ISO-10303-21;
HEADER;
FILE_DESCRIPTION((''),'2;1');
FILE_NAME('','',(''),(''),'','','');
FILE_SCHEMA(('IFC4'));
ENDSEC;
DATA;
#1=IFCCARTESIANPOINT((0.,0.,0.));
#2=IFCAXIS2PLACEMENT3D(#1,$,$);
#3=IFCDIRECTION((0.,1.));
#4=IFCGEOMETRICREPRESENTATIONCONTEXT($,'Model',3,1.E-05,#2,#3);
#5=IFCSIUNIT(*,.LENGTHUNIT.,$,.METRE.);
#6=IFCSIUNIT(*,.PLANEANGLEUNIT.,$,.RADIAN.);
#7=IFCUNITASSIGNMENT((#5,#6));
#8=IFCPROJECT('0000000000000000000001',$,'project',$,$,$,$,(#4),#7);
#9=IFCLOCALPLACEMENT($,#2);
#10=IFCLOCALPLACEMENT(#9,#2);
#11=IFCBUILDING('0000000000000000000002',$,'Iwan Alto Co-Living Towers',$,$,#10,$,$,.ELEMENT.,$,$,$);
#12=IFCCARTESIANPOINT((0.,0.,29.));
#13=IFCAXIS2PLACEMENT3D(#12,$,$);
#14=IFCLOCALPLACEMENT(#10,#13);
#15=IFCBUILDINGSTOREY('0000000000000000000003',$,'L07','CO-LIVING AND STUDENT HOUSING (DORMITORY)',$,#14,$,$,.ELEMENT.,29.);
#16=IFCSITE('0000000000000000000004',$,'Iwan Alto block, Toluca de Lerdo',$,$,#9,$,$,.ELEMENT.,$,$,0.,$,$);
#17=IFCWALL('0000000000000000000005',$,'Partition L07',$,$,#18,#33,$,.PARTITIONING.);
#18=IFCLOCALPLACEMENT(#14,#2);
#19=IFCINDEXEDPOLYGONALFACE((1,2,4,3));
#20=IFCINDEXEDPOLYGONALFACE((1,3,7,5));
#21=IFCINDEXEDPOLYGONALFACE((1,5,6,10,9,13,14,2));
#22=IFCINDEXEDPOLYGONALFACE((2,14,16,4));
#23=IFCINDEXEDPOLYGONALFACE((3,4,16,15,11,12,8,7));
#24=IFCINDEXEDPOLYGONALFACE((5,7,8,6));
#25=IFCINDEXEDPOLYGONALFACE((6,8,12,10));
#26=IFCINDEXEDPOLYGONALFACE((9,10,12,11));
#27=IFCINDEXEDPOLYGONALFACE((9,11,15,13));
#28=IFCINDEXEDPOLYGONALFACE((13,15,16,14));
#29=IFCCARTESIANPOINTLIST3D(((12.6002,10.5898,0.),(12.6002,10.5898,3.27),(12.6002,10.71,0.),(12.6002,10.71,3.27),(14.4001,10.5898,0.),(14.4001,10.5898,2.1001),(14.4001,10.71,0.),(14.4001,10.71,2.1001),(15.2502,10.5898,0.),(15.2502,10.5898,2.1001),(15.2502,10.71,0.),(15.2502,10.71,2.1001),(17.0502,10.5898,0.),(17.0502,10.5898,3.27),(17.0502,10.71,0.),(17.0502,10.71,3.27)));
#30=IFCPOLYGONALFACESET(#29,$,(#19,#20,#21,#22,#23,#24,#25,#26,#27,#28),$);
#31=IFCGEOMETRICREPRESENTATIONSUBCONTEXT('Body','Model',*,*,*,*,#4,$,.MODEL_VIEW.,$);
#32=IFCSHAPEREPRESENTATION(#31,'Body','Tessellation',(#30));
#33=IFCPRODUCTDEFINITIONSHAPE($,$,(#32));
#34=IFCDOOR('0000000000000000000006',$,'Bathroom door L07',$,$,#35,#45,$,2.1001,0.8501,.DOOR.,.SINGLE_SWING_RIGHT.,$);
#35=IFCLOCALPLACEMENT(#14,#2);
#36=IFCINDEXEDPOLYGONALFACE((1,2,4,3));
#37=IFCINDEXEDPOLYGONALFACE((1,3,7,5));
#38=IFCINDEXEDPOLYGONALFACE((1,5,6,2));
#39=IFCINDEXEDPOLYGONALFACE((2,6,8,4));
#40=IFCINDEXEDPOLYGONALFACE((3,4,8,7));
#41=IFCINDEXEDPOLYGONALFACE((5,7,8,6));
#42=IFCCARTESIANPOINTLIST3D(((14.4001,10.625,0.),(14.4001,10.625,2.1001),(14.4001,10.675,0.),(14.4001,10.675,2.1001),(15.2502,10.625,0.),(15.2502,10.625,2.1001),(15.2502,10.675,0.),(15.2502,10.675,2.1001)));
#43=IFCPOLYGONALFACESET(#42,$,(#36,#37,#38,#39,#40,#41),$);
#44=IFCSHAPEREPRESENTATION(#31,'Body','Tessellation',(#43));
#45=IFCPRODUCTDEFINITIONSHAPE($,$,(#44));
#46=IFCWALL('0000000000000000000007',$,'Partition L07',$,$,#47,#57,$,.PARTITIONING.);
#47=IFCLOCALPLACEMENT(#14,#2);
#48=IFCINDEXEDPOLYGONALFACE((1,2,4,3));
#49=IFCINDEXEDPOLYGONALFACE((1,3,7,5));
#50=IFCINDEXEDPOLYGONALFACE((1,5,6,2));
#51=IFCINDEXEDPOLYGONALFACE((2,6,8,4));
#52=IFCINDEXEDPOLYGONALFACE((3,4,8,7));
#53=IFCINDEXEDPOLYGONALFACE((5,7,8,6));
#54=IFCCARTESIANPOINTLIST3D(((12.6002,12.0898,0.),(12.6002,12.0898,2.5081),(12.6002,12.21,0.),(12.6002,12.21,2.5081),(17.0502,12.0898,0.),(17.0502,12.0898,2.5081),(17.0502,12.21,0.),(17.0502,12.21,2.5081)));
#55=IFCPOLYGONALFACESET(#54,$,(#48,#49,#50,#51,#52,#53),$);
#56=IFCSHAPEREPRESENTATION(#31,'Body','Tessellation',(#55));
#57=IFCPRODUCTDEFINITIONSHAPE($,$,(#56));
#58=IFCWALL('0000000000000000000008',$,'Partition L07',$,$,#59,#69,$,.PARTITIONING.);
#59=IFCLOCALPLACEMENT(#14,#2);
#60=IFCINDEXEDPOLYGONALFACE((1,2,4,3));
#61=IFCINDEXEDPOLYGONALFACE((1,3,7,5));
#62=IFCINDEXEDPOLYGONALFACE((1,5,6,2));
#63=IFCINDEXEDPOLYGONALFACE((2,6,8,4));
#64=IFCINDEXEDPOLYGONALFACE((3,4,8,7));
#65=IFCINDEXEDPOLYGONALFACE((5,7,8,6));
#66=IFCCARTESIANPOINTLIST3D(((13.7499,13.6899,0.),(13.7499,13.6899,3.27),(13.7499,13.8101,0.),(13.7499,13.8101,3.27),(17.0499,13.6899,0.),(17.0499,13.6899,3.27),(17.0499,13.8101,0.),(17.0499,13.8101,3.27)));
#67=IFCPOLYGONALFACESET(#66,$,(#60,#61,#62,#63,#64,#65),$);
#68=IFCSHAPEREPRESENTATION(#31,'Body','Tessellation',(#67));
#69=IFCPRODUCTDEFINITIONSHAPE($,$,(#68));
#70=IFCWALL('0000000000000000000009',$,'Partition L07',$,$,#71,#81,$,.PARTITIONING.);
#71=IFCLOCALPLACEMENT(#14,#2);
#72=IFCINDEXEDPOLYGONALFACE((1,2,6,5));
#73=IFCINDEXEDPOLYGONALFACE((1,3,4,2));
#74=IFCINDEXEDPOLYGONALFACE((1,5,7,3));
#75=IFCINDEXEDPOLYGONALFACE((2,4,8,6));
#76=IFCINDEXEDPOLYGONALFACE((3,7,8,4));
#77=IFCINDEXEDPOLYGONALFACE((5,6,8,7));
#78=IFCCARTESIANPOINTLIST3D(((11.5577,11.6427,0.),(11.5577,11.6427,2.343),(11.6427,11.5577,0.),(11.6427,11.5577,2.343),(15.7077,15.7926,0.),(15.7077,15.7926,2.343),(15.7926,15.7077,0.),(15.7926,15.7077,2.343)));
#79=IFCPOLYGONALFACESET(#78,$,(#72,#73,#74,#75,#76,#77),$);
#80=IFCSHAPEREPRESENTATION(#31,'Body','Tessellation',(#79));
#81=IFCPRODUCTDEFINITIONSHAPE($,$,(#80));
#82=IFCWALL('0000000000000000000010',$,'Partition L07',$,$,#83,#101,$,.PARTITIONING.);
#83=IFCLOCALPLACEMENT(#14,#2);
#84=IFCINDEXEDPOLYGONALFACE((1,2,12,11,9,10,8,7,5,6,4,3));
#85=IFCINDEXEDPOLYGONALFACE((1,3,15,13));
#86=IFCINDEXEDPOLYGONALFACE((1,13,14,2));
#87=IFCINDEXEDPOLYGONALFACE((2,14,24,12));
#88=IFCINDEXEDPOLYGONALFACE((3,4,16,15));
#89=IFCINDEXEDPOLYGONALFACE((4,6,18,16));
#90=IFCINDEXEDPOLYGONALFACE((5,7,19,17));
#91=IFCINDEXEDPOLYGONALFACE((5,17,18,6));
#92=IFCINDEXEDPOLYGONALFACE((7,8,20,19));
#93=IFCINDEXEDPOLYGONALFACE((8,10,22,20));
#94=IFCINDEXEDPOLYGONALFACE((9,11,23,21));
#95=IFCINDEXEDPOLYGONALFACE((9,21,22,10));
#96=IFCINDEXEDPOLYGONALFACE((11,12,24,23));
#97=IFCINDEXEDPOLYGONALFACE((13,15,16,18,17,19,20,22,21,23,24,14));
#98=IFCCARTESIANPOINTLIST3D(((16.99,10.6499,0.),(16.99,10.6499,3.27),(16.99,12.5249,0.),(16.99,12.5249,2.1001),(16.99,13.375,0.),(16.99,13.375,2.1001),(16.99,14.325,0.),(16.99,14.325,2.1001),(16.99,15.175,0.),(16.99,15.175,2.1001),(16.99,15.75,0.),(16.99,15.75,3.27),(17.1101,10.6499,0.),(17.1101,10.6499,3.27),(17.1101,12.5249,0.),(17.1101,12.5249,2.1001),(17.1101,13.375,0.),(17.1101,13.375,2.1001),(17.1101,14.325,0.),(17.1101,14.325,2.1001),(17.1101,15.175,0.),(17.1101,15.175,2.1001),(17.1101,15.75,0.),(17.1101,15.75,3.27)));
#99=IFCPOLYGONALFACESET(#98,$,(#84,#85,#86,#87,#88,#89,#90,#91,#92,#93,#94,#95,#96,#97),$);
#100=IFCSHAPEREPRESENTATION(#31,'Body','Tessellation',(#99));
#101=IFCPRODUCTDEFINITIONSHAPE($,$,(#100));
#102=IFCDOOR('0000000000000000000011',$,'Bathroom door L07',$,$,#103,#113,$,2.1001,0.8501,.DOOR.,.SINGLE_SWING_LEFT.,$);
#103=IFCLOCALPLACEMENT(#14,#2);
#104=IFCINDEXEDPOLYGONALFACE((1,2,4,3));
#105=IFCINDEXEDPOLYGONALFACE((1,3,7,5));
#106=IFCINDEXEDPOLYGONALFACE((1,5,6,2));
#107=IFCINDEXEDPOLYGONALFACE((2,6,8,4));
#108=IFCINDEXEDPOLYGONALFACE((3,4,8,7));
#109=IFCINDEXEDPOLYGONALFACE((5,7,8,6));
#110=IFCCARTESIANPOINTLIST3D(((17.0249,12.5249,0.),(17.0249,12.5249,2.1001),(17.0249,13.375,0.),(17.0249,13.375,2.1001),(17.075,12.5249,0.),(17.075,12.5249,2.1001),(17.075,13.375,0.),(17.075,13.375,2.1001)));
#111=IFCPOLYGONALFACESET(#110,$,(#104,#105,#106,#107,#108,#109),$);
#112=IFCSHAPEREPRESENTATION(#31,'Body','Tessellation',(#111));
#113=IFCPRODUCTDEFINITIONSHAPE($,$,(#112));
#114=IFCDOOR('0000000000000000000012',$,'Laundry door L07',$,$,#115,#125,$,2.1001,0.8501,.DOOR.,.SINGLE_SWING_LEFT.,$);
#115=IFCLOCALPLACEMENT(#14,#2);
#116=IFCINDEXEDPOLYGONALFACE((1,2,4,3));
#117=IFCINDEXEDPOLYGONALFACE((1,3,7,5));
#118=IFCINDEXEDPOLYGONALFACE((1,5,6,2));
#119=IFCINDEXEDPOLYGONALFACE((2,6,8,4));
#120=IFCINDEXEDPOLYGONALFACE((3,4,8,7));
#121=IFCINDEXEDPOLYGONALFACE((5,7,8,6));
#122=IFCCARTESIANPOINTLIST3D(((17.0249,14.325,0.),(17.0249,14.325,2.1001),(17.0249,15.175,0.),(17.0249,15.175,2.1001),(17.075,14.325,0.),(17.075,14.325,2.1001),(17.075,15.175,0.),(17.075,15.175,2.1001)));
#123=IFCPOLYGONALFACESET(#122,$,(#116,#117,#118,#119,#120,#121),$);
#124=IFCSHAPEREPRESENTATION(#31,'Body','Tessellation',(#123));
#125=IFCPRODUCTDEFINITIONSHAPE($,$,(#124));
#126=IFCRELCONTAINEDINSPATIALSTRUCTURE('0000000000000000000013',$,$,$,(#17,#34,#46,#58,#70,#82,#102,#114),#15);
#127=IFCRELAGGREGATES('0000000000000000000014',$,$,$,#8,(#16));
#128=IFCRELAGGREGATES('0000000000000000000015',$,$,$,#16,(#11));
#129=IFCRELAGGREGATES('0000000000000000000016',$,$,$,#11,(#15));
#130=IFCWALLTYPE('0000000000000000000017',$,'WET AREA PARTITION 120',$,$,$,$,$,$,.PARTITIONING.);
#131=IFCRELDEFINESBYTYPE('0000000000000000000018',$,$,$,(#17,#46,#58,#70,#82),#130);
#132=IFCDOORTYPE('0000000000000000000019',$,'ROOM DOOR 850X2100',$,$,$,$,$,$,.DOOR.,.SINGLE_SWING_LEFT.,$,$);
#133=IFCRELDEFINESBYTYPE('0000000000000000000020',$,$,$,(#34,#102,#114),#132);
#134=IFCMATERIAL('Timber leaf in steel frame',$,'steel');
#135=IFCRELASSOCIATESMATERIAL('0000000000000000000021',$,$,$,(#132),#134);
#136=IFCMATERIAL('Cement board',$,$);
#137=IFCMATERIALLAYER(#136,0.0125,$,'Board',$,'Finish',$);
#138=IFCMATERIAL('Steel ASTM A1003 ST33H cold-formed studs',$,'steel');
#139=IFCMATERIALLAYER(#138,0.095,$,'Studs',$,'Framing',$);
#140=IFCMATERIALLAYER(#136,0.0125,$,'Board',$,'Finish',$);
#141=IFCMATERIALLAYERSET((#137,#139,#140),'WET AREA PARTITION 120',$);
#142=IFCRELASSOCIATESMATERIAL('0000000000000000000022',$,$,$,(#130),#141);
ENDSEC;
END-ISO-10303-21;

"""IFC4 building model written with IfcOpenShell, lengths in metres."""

from ifc_helpers import new_model, si_unit, direction, frame, frame_2d, origin, place, context, subcontext, project, spatial, rectangle, extrude, material, layer, layer_set, type_object, element, fill, save


model = new_model("IFC4")

# Units and contexts
model_context = context("Model", 3, precision=1e-05, world=origin(), true_north=direction((0.0, 1.0)))
body_context = subcontext(model_context, "Body", "Model", "MODEL_VIEW")
ifc_project = project(units=[si_unit("LENGTHUNIT", "METRE"), si_unit("PLANEANGLEUNIT", "RADIAN")], contexts=[model_context])

# Site, building, storey
site_placement = place(None, origin())
site = spatial("IfcSite", under=ifc_project, at=site_placement, Name="Iwan Alto block, Toluca de Lerdo", CompositionType="ELEMENT", RefElevation=0.0)
building_placement = place(site_placement, origin())
building = spatial("IfcBuilding", under=site, at=building_placement, Name="Iwan Alto Co-Living Towers", CompositionType="ELEMENT")
storey_placement = place(building_placement, frame((0.0, 0.0, 29.0)))
storey = spatial("IfcBuildingStorey", under=building, at=storey_placement, Name="L07", Description="CO-LIVING AND STUDENT HOUSING (DORMITORY)", CompositionType="ELEMENT", Elevation=29.0)

# Shared definitions
ifc_material_1 = material(Name="Steel ASTM A1003 ST33H cold-formed studs", Category="steel")

# Shared definitions
ifc_material_2 = material(Name="Timber leaf in steel frame", Category="steel")
door_type = type_object("IfcDoorType", Name="ROOM DOOR 850X2100", OperationType="SINGLE_SWING_LEFT", PredefinedType="DOOR", material=ifc_material_2)

# Wall, opening, door
ifc_material_3 = material(Name="Cement board")
ifc_layer_1 = layer(ifc_material_3, 0.0125, Name="Board", Category="Finish")
ifc_layer_2 = layer(ifc_material_1, 0.095, Name="Studs", Category="Framing")
ifc_layer_3 = layer(ifc_material_3, 0.0125, Name="Board", Category="Finish")
ifc_layer_set_1 = layer_set([ifc_layer_1, ifc_layer_2, ifc_layer_3], Name="WET AREA PARTITION 120")
wall_type_1 = type_object("IfcWallType", Name="WET AREA PARTITION 120", PredefinedType="PARTITIONING", material=ifc_layer_set_1)
wall_1_placement = place(storey_placement, frame((12.6001, 10.6499, 0.0), z_axis=(0.0, 0.0, 1.0), x_axis=(1.0, 0.0, 0.0)))
wall_1 = element("IfcWall", 1, at=wall_1_placement, inside=storey, type_object=wall_type_1, Name="Partition L07", PredefinedType="PARTITIONING", context=body_context, shape_type="SweptSolid", body=[
    extrude(rectangle(XDim=4.45, YDim=0.1201, at=frame_2d((2.2251, 0.0))), origin(), (0.0, 0.0, 1.0), 3.27),
])
opening_1_placement = place(wall_1_placement, frame((1.8, 0.0, 0.0)))
opening_1 = element("IfcOpeningElement", 2, at=opening_1_placement, cuts=wall_1, PredefinedType="OPENING", context=body_context, shape_type="SweptSolid", body=[
    extrude(rectangle(XDim=0.8501, YDim=2.1001, at=frame_2d((0.425, 1.05))), frame((0.0, 0.0701, 0.0), z_axis=(0.0, -1.0, 0.0), x_axis=(1.0, 0.0, 0.0)), (0.0, 0.0, 1.0), 0.1401),
])
door_1_placement = place(opening_1_placement, frame((0.8501, 0.0, 0.0), z_axis=(0.0, 0.0, 1.0), x_axis=(-1.0, 0.0, 0.0)))
door_1 = element("IfcDoor", 3, at=door_1_placement, inside=storey, type_object=door_type, Name="Bathroom door L07", OperationType="SINGLE_SWING_RIGHT", OverallHeight=2.1001, OverallWidth=0.8501, PredefinedType="DOOR", context=body_context, shape_type="SweptSolid", body=[
    extrude(rectangle(XDim=0.8501, YDim=2.1001, at=frame_2d((0.425, 1.05))), frame((0.0, 0.0249, 0.0), z_axis=(0.0, -1.0, 0.0), x_axis=(1.0, 0.0, 0.0)), (0.0, 0.0, 1.0), 0.05),
])
fill(opening_1, door_1)

# Walls
wall_2_placement = place(storey_placement, frame((12.6001, 12.1499, 0.0), z_axis=(0.0, 0.0, 1.0), x_axis=(1.0, 0.0, 0.0)))
element("IfcWall", 4, at=wall_2_placement, inside=storey, type_object=wall_type_1, Name="Partition L07", PredefinedType="PARTITIONING", context=body_context, shape_type="SweptSolid", body=[
    extrude(rectangle(XDim=4.45, YDim=0.1201, at=frame_2d((2.2251, 0.0))), origin(), (0.0, 0.0, 1.0), 2.5081),
])
wall_3_placement = place(storey_placement, frame((13.75, 13.75, 0.0), z_axis=(0.0, 0.0, 1.0), x_axis=(1.0, 0.0, 0.0)))
element("IfcWall", 5, at=wall_3_placement, inside=storey, type_object=wall_type_1, Name="Partition L07", PredefinedType="PARTITIONING", context=body_context, shape_type="SweptSolid", body=[
    extrude(rectangle(XDim=3.3, YDim=0.1201, at=frame_2d((1.6499, 0.0))), origin(), (0.0, 0.0, 1.0), 3.27),
])
wall_4_placement = place(storey_placement, frame((11.6001, 11.6001, 0.0), z_axis=(0.0, 0.0, 1.0), x_axis=(0.707107, 0.707107, 0.0)))
element("IfcWall", 6, at=wall_4_placement, inside=storey, type_object=wall_type_1, Name="Partition L07", PredefinedType="PARTITIONING", context=body_context, shape_type="SweptSolid", body=[
    extrude(rectangle(XDim=5.8689, YDim=0.1201, at=frame_2d((2.9346, 0.0))), origin(), (0.0, 0.0, 1.0), 2.343),
])

# Wall, openings, doors
wall_5_placement = place(storey_placement, frame((17.05, 10.6499, 0.0), z_axis=(0.0, 0.0, 1.0), x_axis=(0.0, 1.0, 0.0)))
wall_5 = element("IfcWall", 7, at=wall_5_placement, inside=storey, type_object=wall_type_1, Name="Partition L07", PredefinedType="PARTITIONING", context=body_context, shape_type="SweptSolid", body=[
    extrude(rectangle(XDim=5.1001, YDim=0.1201, at=frame_2d((2.55, 0.0))), origin(), (0.0, 0.0, 1.0), 3.27),
])
opening_2_placement = place(wall_5_placement, frame((1.875, 0.0, 0.0)))
opening_2 = element("IfcOpeningElement", 8, at=opening_2_placement, cuts=wall_5, PredefinedType="OPENING", context=body_context, shape_type="SweptSolid", body=[
    extrude(rectangle(XDim=0.8501, YDim=2.1001, at=frame_2d((0.425, 1.05))), frame((0.0, 0.0701, 0.0), z_axis=(0.0, -1.0, 0.0), x_axis=(1.0, 0.0, 0.0)), (0.0, 0.0, 1.0), 0.1401),
])
opening_3_placement = place(wall_5_placement, frame((3.675, 0.0, 0.0)))
opening_3 = element("IfcOpeningElement", 9, at=opening_3_placement, cuts=wall_5, PredefinedType="OPENING", context=body_context, shape_type="SweptSolid", body=[
    extrude(rectangle(XDim=0.8501, YDim=2.1001, at=frame_2d((0.425, 1.05))), frame((0.0, 0.0701, 0.0), z_axis=(0.0, -1.0, 0.0), x_axis=(1.0, 0.0, 0.0)), (0.0, 0.0, 1.0), 0.1401),
])
door_2_placement = place(opening_2_placement, frame((0.8501, 0.0, 0.0), z_axis=(0.0, 0.0, 1.0), x_axis=(-1.0, 0.0, 0.0)))
door_2 = element("IfcDoor", 10, at=door_2_placement, inside=storey, type_object=door_type, Name="Bathroom door L07", OperationType="SINGLE_SWING_LEFT", OverallHeight=2.1001, OverallWidth=0.8501, PredefinedType="DOOR", context=body_context, shape_type="SweptSolid", body=[
    extrude(rectangle(XDim=0.8501, YDim=2.1001, at=frame_2d((0.425, 1.05))), frame((0.0, 0.0249, 0.0), z_axis=(0.0, -1.0, 0.0), x_axis=(1.0, 0.0, 0.0)), (0.0, 0.0, 1.0), 0.05),
])
fill(opening_2, door_2)
door_3_placement = place(opening_3_placement, frame((0.8501, 0.0, 0.0), z_axis=(0.0, 0.0, 1.0), x_axis=(-1.0, 0.0, 0.0)))
door_3 = element("IfcDoor", 11, at=door_3_placement, inside=storey, type_object=door_type, Name="Laundry door L07", OperationType="SINGLE_SWING_LEFT", OverallHeight=2.1001, OverallWidth=0.8501, PredefinedType="DOOR", context=body_context, shape_type="SweptSolid", body=[
    extrude(rectangle(XDim=0.8501, YDim=2.1001, at=frame_2d((0.425, 1.05))), frame((0.0, 0.0249, 0.0), z_axis=(0.0, -1.0, 0.0), x_axis=(1.0, 0.0, 0.0)), (0.0, 0.0, 1.0), 0.05),
])
fill(opening_3, door_3)

save(model, "model.ifc")
